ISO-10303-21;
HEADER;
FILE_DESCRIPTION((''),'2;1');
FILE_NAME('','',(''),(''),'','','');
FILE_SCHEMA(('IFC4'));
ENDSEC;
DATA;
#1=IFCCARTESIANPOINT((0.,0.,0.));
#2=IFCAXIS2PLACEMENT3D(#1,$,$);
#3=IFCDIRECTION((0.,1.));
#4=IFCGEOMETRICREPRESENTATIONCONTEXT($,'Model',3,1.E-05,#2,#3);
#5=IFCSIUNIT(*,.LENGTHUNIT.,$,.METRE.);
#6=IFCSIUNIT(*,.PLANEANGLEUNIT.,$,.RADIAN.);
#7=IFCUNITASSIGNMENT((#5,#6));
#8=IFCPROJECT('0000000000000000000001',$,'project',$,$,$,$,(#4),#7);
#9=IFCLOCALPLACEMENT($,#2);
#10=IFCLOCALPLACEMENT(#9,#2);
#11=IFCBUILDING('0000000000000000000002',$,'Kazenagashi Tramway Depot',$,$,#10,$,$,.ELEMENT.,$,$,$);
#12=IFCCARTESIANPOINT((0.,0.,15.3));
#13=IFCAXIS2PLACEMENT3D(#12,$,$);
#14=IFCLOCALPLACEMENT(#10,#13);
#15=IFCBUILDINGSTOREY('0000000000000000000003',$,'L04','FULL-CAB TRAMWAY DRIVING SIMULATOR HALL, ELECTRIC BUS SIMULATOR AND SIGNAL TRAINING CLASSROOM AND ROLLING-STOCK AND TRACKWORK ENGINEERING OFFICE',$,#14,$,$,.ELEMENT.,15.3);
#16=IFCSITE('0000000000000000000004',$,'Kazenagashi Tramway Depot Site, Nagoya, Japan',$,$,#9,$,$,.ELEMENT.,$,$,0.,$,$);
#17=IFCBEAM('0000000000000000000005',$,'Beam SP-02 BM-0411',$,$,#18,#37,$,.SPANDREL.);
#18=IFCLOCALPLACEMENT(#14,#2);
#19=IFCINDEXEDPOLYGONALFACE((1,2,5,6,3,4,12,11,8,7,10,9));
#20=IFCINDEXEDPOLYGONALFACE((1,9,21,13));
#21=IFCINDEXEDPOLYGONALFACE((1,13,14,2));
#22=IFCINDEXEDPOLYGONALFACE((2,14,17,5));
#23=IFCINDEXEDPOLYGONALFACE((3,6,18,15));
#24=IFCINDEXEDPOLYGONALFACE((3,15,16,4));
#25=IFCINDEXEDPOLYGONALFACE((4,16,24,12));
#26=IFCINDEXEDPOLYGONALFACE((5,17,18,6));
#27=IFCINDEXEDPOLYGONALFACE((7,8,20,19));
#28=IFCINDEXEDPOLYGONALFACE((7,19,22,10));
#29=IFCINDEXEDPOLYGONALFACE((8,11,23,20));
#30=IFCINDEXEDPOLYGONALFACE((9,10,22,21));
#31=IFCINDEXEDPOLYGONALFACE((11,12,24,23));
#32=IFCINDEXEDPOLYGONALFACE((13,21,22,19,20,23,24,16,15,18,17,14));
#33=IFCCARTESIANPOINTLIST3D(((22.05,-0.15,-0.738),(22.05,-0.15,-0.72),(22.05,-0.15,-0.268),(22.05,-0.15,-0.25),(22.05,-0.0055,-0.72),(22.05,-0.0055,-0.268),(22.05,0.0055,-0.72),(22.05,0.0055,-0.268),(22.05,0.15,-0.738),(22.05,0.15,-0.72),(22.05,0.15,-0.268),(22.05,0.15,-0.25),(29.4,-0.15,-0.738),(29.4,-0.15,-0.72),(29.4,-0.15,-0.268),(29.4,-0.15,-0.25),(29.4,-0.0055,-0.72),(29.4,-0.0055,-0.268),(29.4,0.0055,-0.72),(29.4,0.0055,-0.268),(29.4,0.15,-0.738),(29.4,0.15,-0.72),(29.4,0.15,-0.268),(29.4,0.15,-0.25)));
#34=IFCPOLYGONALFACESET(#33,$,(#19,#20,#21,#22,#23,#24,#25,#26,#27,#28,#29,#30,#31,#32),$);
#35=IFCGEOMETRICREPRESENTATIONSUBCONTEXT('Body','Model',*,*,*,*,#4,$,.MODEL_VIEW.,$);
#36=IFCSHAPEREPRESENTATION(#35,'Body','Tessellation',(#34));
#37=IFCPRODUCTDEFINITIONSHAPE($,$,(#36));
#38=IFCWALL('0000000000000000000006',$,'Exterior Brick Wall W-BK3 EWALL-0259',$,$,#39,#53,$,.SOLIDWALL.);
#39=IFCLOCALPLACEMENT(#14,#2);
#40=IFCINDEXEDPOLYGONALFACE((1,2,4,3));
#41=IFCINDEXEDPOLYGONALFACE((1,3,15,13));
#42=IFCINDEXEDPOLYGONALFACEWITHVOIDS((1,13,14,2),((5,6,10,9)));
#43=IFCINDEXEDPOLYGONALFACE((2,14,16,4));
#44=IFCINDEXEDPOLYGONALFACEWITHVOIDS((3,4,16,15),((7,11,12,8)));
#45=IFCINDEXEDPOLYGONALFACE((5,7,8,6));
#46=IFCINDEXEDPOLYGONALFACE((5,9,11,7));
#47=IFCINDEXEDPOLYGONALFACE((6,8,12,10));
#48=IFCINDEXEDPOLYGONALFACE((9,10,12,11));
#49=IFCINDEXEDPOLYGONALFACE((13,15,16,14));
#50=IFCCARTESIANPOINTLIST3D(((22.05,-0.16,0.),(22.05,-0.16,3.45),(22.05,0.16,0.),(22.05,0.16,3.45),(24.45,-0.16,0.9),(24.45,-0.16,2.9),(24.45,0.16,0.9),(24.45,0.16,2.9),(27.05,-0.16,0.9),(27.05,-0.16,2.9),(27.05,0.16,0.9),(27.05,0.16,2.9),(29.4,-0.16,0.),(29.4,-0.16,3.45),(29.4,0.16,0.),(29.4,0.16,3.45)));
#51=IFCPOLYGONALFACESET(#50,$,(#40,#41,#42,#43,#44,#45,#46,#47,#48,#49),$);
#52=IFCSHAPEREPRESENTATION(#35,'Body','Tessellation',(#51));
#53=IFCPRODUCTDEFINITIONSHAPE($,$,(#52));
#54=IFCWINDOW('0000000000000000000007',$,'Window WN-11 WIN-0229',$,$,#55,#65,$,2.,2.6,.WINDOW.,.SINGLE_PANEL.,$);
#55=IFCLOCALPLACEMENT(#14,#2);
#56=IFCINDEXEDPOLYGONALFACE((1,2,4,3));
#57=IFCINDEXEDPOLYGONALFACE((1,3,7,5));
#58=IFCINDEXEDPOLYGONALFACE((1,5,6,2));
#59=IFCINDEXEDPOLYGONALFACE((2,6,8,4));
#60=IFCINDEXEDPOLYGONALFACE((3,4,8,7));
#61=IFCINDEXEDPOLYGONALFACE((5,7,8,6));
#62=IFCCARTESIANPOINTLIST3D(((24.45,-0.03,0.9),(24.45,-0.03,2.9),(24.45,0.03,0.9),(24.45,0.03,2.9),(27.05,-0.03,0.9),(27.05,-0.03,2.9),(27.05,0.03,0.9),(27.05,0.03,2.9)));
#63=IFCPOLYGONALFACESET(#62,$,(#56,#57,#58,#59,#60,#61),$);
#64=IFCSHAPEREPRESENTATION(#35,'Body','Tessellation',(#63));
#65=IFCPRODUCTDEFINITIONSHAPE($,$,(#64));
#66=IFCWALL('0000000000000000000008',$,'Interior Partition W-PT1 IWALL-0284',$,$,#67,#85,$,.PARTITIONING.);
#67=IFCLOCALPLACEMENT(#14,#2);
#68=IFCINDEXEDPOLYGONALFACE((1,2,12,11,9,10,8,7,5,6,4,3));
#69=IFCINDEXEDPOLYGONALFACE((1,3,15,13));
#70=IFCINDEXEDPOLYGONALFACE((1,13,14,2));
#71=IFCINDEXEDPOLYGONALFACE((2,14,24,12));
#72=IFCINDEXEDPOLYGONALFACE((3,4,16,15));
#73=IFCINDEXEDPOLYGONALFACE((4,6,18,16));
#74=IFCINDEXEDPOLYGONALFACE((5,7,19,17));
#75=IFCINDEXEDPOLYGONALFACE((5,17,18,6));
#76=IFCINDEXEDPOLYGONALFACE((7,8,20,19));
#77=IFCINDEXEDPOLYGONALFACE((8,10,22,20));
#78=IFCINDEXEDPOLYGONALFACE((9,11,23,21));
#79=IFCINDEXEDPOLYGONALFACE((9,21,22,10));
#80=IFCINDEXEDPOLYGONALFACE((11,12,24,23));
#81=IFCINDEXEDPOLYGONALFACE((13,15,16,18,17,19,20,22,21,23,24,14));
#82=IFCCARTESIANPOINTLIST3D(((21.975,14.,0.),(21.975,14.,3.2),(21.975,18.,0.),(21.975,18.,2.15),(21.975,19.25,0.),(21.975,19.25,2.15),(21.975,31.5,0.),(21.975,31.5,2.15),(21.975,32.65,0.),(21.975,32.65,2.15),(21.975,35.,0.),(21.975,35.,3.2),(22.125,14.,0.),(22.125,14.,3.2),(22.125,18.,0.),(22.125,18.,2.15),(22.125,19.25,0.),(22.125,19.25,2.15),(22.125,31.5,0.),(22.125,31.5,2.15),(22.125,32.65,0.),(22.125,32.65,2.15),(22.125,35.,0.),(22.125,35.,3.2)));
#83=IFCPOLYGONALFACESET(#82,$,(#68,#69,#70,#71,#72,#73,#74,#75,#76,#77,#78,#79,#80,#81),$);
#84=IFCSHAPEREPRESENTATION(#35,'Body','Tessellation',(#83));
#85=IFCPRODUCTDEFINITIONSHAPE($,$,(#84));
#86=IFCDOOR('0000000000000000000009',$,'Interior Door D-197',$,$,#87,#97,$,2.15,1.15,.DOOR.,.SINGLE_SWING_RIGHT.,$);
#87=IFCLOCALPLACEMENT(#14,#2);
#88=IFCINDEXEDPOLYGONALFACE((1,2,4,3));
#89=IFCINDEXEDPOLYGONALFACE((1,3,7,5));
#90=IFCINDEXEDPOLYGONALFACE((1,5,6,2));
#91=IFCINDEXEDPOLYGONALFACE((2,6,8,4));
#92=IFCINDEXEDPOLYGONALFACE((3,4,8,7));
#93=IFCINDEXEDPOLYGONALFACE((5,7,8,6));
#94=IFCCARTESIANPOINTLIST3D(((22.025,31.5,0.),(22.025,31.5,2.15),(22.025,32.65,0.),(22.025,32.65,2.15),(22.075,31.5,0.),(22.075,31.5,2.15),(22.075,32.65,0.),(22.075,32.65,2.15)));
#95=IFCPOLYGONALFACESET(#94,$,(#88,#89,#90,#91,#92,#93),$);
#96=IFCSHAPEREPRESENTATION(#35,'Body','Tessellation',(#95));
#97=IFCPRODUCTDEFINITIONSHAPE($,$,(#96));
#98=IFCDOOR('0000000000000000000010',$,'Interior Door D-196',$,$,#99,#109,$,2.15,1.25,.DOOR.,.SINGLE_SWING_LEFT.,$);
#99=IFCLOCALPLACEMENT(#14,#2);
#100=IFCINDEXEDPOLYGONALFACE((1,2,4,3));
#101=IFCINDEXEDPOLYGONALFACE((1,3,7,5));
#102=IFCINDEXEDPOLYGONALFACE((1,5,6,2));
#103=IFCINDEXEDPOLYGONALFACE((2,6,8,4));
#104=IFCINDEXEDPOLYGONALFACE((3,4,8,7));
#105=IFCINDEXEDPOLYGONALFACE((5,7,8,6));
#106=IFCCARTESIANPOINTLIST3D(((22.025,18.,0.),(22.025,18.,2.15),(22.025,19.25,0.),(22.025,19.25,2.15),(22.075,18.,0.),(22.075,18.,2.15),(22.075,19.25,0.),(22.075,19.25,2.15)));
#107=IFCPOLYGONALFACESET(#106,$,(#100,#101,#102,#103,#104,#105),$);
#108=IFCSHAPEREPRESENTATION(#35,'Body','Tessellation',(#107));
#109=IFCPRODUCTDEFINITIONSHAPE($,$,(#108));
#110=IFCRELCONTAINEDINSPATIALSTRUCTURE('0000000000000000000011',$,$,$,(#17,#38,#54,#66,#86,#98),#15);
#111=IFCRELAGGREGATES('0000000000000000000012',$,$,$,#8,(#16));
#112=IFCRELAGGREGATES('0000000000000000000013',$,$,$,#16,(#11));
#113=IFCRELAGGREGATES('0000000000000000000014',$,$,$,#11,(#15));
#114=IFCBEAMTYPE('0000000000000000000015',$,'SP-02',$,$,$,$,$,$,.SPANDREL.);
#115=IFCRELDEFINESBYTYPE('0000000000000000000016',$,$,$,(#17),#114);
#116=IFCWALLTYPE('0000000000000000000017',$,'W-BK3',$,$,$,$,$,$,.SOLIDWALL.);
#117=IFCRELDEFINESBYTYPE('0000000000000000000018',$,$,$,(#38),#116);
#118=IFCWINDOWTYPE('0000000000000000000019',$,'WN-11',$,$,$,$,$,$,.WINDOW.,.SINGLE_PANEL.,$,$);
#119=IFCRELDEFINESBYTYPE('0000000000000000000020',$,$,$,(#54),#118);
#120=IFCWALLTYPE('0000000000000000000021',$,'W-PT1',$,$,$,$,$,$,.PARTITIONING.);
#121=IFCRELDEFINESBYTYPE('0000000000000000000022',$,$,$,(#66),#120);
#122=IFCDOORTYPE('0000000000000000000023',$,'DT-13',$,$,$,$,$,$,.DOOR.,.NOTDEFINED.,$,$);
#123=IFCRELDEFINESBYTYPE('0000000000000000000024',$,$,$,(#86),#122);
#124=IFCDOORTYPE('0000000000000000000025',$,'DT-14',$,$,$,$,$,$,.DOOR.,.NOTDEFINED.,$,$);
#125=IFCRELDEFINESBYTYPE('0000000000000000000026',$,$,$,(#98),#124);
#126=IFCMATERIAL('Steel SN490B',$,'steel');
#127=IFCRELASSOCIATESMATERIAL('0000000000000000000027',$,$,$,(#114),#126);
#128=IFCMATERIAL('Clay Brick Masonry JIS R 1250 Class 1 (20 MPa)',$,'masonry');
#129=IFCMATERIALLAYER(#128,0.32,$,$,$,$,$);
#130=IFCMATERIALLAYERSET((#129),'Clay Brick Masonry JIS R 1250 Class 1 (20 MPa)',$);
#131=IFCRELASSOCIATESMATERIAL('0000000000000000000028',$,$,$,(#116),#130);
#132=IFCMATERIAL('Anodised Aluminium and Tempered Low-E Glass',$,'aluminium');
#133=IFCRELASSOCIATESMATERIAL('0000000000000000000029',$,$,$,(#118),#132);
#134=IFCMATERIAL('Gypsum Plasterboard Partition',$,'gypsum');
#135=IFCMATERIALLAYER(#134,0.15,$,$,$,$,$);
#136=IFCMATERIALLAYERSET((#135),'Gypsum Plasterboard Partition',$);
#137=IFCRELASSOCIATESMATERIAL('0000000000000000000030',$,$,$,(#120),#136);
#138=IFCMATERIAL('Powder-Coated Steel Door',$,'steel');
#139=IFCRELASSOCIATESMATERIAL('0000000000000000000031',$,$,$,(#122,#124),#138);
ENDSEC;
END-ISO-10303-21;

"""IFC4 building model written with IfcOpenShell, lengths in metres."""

from ifc_helpers import new_model, si_unit, direction, frame, frame_2d, origin, origin_2d, place, context, subcontext, project, spatial, rectangle, i_section, extrude, material, layer, layer_set, material_profile, profile_set, type_object, element, fill, save


model = new_model("IFC4")

# Units and contexts
model_context = context("Model", 3, precision=1e-05, world=origin(), true_north=direction((0.0, 1.0)))
body_context = subcontext(model_context, "Body", "Model", "MODEL_VIEW")
ifc_project = project(units=[si_unit("LENGTHUNIT", "METRE"), si_unit("PLANEANGLEUNIT", "RADIAN")], contexts=[model_context])

# Site, building, storey
site_placement = place(None, origin())
site = spatial("IfcSite", under=ifc_project, at=site_placement, Name="Kazenagashi Tramway Depot Site, Nagoya, Japan", CompositionType="ELEMENT", RefElevation=0.0)
building_placement = place(site_placement, origin())
building = spatial("IfcBuilding", under=site, at=building_placement, Name="Kazenagashi Tramway Depot", CompositionType="ELEMENT")
storey_placement = place(building_placement, frame((0.0, 0.0, 15.3)))
storey = spatial("IfcBuildingStorey", under=building, at=storey_placement, Name="L04", Description="FULL-CAB TRAMWAY DRIVING SIMULATOR HALL, ELECTRIC BUS SIMULATOR AND SIGNAL TRAINING CLASSROOM AND ROLLING-STOCK AND TRACKWORK ENGINEERING OFFICE", CompositionType="ELEMENT", Elevation=15.3)

# Shared definitions
ifc_material_1 = material(Name="Steel SN490B", Category="steel")

# Beam
ifc_material_profile_1 = material_profile(ifc_material_1, i_section(OverallWidth=0.3, OverallDepth=0.488, WebThickness=0.011, FlangeThickness=0.018, at=origin_2d()), Name="H-488x300x11x18")
ifc_profile_set_1 = profile_set([ifc_material_profile_1], Name="Steel SN490B")
beam_type_1 = type_object("IfcBeamType", Name="SP-02", PredefinedType="SPANDREL", material=ifc_profile_set_1)
beam_placement = place(storey_placement, frame((22.05, 0.0, -0.494), z_axis=(1.0, 0.0, 0.0), x_axis=(0.0, 1.0, 0.0)))
element("IfcBeam", 1, at=beam_placement, inside=storey, type_object=beam_type_1, Name="Beam SP-02 BM-0411", PredefinedType="SPANDREL", context=body_context, shape_type="SweptSolid", body=[
    extrude(i_section(OverallWidth=0.3, OverallDepth=0.488, WebThickness=0.011, FlangeThickness=0.018, at=origin_2d()), origin(), (0.0, 0.0, 1.0), 7.35),
])

# Wall, opening, window
ifc_material_2 = material(Name="Clay Brick Masonry JIS R 1250 Class 1 (20 MPa)", Category="masonry")
ifc_layer_1 = layer(ifc_material_2, 0.32)
ifc_layer_set_1 = layer_set([ifc_layer_1], Name="Clay Brick Masonry JIS R 1250 Class 1 (20 MPa)")
wall_type_1 = type_object("IfcWallType", Name="W-BK3", PredefinedType="SOLIDWALL", material=ifc_layer_set_1)
wall_1_placement = place(storey_placement, frame((22.05, 0.0, 0.0), z_axis=(0.0, 0.0, 1.0), x_axis=(1.0, 0.0, 0.0)))
wall_1 = element("IfcWall", 2, at=wall_1_placement, inside=storey, type_object=wall_type_1, Name="Exterior Brick Wall W-BK3 EWALL-0259", PredefinedType="SOLIDWALL", context=body_context, shape_type="SweptSolid", body=[
    extrude(rectangle(XDim=7.35, YDim=0.32, at=frame_2d((3.675, 0.0))), origin(), (0.0, 0.0, 1.0), 3.45),
])
opening_1_placement = place(wall_1_placement, frame((2.4, 0.0, 0.9)))
opening_1 = element("IfcOpeningElement", 3, at=opening_1_placement, cuts=wall_1, PredefinedType="OPENING", context=body_context, shape_type="SweptSolid", body=[
    extrude(rectangle(XDim=2.6, YDim=2.0, at=frame_2d((1.3, 1.0))), frame((0.0, 0.17, 0.0), z_axis=(0.0, -1.0, 0.0), x_axis=(1.0, 0.0, 0.0)), (0.0, 0.0, 1.0), 0.34),
])
ifc_material_3 = material(Name="Anodised Aluminium and Tempered Low-E Glass", Category="aluminium")
window_type = type_object("IfcWindowType", Name="WN-11", PartitioningType="SINGLE_PANEL", PredefinedType="WINDOW", material=ifc_material_3)
window_placement = place(opening_1_placement, origin())
window = element("IfcWindow", 4, at=window_placement, inside=storey, type_object=window_type, Name="Window WN-11 WIN-0229", OverallHeight=2.0, OverallWidth=2.6, PartitioningType="SINGLE_PANEL", PredefinedType="WINDOW", context=body_context, shape_type="SweptSolid", body=[
    extrude(rectangle(XDim=2.6, YDim=2.0, at=frame_2d((1.3, 1.0))), frame((0.0, 0.03, 0.0), z_axis=(0.0, -1.0, 0.0), x_axis=(1.0, 0.0, 0.0)), (0.0, 0.0, 1.0), 0.06),
])
fill(opening_1, window)

# Wall, openings, doors
ifc_material_4 = material(Name="Gypsum Plasterboard Partition", Category="gypsum")
ifc_layer_2 = layer(ifc_material_4, 0.15)
ifc_layer_set_2 = layer_set([ifc_layer_2], Name="Gypsum Plasterboard Partition")
wall_type_2 = type_object("IfcWallType", Name="W-PT1", PredefinedType="PARTITIONING", material=ifc_layer_set_2)
wall_2_placement = place(storey_placement, frame((22.05, 14.0, 0.0), z_axis=(0.0, 0.0, 1.0), x_axis=(0.0, 1.0, 0.0)))
wall_2 = element("IfcWall", 5, at=wall_2_placement, inside=storey, type_object=wall_type_2, Name="Interior Partition W-PT1 IWALL-0284", PredefinedType="PARTITIONING", context=body_context, shape_type="SweptSolid", body=[
    extrude(rectangle(XDim=21.0, YDim=0.15, at=frame_2d((10.5, 0.0))), origin(), (0.0, 0.0, 1.0), 3.2),
])
opening_2_placement = place(wall_2_placement, frame((4.0, 0.0, 0.0)))
opening_2 = element("IfcOpeningElement", 6, at=opening_2_placement, cuts=wall_2, PredefinedType="OPENING", context=body_context, shape_type="SweptSolid", body=[
    extrude(rectangle(XDim=1.25, YDim=2.15, at=frame_2d((0.625, 1.075))), frame((0.0, 0.085, 0.0), z_axis=(0.0, -1.0, 0.0), x_axis=(1.0, 0.0, 0.0)), (0.0, 0.0, 1.0), 0.17),
])
opening_3_placement = place(wall_2_placement, frame((17.5, 0.0, 0.0)))
opening_3 = element("IfcOpeningElement", 7, at=opening_3_placement, cuts=wall_2, PredefinedType="OPENING", context=body_context, shape_type="SweptSolid", body=[
    extrude(rectangle(XDim=1.15, YDim=2.15, at=frame_2d((0.575, 1.075))), frame((0.0, 0.085, 0.0), z_axis=(0.0, -1.0, 0.0), x_axis=(1.0, 0.0, 0.0)), (0.0, 0.0, 1.0), 0.17),
])
ifc_material_5 = material(Name="Powder-Coated Steel Door", Category="steel")
door_type_1 = type_object("IfcDoorType", Name="DT-13", OperationType="NOTDEFINED", PredefinedType="DOOR", material=ifc_material_5)
door_1_placement = place(opening_3_placement, origin())
door_1 = element("IfcDoor", 8, at=door_1_placement, inside=storey, type_object=door_type_1, Name="Interior Door D-197", OperationType="SINGLE_SWING_RIGHT", OverallHeight=2.15, OverallWidth=1.15, PredefinedType="DOOR", context=body_context, shape_type="SweptSolid", body=[
    extrude(rectangle(XDim=1.15, YDim=2.15, at=frame_2d((0.575, 1.075))), frame((0.0, 0.025, 0.0), z_axis=(0.0, -1.0, 0.0), x_axis=(1.0, 0.0, 0.0)), (0.0, 0.0, 1.0), 0.05),
])
fill(opening_3, door_1)
door_type_2 = type_object("IfcDoorType", Name="DT-14", OperationType="NOTDEFINED", PredefinedType="DOOR", material=ifc_material_5)
door_2_placement = place(opening_2_placement, origin())
door_2 = element("IfcDoor", 9, at=door_2_placement, inside=storey, type_object=door_type_2, Name="Interior Door D-196", OperationType="SINGLE_SWING_LEFT", OverallHeight=2.15, OverallWidth=1.25, PredefinedType="DOOR", context=body_context, shape_type="SweptSolid", body=[
    extrude(rectangle(XDim=1.25, YDim=2.15, at=frame_2d((0.625, 1.075))), frame((0.0, 0.025, 0.0), z_axis=(0.0, -1.0, 0.0), x_axis=(1.0, 0.0, 0.0)), (0.0, 0.0, 1.0), 0.05),
])
fill(opening_2, door_2)

save(model, "model.ifc")
